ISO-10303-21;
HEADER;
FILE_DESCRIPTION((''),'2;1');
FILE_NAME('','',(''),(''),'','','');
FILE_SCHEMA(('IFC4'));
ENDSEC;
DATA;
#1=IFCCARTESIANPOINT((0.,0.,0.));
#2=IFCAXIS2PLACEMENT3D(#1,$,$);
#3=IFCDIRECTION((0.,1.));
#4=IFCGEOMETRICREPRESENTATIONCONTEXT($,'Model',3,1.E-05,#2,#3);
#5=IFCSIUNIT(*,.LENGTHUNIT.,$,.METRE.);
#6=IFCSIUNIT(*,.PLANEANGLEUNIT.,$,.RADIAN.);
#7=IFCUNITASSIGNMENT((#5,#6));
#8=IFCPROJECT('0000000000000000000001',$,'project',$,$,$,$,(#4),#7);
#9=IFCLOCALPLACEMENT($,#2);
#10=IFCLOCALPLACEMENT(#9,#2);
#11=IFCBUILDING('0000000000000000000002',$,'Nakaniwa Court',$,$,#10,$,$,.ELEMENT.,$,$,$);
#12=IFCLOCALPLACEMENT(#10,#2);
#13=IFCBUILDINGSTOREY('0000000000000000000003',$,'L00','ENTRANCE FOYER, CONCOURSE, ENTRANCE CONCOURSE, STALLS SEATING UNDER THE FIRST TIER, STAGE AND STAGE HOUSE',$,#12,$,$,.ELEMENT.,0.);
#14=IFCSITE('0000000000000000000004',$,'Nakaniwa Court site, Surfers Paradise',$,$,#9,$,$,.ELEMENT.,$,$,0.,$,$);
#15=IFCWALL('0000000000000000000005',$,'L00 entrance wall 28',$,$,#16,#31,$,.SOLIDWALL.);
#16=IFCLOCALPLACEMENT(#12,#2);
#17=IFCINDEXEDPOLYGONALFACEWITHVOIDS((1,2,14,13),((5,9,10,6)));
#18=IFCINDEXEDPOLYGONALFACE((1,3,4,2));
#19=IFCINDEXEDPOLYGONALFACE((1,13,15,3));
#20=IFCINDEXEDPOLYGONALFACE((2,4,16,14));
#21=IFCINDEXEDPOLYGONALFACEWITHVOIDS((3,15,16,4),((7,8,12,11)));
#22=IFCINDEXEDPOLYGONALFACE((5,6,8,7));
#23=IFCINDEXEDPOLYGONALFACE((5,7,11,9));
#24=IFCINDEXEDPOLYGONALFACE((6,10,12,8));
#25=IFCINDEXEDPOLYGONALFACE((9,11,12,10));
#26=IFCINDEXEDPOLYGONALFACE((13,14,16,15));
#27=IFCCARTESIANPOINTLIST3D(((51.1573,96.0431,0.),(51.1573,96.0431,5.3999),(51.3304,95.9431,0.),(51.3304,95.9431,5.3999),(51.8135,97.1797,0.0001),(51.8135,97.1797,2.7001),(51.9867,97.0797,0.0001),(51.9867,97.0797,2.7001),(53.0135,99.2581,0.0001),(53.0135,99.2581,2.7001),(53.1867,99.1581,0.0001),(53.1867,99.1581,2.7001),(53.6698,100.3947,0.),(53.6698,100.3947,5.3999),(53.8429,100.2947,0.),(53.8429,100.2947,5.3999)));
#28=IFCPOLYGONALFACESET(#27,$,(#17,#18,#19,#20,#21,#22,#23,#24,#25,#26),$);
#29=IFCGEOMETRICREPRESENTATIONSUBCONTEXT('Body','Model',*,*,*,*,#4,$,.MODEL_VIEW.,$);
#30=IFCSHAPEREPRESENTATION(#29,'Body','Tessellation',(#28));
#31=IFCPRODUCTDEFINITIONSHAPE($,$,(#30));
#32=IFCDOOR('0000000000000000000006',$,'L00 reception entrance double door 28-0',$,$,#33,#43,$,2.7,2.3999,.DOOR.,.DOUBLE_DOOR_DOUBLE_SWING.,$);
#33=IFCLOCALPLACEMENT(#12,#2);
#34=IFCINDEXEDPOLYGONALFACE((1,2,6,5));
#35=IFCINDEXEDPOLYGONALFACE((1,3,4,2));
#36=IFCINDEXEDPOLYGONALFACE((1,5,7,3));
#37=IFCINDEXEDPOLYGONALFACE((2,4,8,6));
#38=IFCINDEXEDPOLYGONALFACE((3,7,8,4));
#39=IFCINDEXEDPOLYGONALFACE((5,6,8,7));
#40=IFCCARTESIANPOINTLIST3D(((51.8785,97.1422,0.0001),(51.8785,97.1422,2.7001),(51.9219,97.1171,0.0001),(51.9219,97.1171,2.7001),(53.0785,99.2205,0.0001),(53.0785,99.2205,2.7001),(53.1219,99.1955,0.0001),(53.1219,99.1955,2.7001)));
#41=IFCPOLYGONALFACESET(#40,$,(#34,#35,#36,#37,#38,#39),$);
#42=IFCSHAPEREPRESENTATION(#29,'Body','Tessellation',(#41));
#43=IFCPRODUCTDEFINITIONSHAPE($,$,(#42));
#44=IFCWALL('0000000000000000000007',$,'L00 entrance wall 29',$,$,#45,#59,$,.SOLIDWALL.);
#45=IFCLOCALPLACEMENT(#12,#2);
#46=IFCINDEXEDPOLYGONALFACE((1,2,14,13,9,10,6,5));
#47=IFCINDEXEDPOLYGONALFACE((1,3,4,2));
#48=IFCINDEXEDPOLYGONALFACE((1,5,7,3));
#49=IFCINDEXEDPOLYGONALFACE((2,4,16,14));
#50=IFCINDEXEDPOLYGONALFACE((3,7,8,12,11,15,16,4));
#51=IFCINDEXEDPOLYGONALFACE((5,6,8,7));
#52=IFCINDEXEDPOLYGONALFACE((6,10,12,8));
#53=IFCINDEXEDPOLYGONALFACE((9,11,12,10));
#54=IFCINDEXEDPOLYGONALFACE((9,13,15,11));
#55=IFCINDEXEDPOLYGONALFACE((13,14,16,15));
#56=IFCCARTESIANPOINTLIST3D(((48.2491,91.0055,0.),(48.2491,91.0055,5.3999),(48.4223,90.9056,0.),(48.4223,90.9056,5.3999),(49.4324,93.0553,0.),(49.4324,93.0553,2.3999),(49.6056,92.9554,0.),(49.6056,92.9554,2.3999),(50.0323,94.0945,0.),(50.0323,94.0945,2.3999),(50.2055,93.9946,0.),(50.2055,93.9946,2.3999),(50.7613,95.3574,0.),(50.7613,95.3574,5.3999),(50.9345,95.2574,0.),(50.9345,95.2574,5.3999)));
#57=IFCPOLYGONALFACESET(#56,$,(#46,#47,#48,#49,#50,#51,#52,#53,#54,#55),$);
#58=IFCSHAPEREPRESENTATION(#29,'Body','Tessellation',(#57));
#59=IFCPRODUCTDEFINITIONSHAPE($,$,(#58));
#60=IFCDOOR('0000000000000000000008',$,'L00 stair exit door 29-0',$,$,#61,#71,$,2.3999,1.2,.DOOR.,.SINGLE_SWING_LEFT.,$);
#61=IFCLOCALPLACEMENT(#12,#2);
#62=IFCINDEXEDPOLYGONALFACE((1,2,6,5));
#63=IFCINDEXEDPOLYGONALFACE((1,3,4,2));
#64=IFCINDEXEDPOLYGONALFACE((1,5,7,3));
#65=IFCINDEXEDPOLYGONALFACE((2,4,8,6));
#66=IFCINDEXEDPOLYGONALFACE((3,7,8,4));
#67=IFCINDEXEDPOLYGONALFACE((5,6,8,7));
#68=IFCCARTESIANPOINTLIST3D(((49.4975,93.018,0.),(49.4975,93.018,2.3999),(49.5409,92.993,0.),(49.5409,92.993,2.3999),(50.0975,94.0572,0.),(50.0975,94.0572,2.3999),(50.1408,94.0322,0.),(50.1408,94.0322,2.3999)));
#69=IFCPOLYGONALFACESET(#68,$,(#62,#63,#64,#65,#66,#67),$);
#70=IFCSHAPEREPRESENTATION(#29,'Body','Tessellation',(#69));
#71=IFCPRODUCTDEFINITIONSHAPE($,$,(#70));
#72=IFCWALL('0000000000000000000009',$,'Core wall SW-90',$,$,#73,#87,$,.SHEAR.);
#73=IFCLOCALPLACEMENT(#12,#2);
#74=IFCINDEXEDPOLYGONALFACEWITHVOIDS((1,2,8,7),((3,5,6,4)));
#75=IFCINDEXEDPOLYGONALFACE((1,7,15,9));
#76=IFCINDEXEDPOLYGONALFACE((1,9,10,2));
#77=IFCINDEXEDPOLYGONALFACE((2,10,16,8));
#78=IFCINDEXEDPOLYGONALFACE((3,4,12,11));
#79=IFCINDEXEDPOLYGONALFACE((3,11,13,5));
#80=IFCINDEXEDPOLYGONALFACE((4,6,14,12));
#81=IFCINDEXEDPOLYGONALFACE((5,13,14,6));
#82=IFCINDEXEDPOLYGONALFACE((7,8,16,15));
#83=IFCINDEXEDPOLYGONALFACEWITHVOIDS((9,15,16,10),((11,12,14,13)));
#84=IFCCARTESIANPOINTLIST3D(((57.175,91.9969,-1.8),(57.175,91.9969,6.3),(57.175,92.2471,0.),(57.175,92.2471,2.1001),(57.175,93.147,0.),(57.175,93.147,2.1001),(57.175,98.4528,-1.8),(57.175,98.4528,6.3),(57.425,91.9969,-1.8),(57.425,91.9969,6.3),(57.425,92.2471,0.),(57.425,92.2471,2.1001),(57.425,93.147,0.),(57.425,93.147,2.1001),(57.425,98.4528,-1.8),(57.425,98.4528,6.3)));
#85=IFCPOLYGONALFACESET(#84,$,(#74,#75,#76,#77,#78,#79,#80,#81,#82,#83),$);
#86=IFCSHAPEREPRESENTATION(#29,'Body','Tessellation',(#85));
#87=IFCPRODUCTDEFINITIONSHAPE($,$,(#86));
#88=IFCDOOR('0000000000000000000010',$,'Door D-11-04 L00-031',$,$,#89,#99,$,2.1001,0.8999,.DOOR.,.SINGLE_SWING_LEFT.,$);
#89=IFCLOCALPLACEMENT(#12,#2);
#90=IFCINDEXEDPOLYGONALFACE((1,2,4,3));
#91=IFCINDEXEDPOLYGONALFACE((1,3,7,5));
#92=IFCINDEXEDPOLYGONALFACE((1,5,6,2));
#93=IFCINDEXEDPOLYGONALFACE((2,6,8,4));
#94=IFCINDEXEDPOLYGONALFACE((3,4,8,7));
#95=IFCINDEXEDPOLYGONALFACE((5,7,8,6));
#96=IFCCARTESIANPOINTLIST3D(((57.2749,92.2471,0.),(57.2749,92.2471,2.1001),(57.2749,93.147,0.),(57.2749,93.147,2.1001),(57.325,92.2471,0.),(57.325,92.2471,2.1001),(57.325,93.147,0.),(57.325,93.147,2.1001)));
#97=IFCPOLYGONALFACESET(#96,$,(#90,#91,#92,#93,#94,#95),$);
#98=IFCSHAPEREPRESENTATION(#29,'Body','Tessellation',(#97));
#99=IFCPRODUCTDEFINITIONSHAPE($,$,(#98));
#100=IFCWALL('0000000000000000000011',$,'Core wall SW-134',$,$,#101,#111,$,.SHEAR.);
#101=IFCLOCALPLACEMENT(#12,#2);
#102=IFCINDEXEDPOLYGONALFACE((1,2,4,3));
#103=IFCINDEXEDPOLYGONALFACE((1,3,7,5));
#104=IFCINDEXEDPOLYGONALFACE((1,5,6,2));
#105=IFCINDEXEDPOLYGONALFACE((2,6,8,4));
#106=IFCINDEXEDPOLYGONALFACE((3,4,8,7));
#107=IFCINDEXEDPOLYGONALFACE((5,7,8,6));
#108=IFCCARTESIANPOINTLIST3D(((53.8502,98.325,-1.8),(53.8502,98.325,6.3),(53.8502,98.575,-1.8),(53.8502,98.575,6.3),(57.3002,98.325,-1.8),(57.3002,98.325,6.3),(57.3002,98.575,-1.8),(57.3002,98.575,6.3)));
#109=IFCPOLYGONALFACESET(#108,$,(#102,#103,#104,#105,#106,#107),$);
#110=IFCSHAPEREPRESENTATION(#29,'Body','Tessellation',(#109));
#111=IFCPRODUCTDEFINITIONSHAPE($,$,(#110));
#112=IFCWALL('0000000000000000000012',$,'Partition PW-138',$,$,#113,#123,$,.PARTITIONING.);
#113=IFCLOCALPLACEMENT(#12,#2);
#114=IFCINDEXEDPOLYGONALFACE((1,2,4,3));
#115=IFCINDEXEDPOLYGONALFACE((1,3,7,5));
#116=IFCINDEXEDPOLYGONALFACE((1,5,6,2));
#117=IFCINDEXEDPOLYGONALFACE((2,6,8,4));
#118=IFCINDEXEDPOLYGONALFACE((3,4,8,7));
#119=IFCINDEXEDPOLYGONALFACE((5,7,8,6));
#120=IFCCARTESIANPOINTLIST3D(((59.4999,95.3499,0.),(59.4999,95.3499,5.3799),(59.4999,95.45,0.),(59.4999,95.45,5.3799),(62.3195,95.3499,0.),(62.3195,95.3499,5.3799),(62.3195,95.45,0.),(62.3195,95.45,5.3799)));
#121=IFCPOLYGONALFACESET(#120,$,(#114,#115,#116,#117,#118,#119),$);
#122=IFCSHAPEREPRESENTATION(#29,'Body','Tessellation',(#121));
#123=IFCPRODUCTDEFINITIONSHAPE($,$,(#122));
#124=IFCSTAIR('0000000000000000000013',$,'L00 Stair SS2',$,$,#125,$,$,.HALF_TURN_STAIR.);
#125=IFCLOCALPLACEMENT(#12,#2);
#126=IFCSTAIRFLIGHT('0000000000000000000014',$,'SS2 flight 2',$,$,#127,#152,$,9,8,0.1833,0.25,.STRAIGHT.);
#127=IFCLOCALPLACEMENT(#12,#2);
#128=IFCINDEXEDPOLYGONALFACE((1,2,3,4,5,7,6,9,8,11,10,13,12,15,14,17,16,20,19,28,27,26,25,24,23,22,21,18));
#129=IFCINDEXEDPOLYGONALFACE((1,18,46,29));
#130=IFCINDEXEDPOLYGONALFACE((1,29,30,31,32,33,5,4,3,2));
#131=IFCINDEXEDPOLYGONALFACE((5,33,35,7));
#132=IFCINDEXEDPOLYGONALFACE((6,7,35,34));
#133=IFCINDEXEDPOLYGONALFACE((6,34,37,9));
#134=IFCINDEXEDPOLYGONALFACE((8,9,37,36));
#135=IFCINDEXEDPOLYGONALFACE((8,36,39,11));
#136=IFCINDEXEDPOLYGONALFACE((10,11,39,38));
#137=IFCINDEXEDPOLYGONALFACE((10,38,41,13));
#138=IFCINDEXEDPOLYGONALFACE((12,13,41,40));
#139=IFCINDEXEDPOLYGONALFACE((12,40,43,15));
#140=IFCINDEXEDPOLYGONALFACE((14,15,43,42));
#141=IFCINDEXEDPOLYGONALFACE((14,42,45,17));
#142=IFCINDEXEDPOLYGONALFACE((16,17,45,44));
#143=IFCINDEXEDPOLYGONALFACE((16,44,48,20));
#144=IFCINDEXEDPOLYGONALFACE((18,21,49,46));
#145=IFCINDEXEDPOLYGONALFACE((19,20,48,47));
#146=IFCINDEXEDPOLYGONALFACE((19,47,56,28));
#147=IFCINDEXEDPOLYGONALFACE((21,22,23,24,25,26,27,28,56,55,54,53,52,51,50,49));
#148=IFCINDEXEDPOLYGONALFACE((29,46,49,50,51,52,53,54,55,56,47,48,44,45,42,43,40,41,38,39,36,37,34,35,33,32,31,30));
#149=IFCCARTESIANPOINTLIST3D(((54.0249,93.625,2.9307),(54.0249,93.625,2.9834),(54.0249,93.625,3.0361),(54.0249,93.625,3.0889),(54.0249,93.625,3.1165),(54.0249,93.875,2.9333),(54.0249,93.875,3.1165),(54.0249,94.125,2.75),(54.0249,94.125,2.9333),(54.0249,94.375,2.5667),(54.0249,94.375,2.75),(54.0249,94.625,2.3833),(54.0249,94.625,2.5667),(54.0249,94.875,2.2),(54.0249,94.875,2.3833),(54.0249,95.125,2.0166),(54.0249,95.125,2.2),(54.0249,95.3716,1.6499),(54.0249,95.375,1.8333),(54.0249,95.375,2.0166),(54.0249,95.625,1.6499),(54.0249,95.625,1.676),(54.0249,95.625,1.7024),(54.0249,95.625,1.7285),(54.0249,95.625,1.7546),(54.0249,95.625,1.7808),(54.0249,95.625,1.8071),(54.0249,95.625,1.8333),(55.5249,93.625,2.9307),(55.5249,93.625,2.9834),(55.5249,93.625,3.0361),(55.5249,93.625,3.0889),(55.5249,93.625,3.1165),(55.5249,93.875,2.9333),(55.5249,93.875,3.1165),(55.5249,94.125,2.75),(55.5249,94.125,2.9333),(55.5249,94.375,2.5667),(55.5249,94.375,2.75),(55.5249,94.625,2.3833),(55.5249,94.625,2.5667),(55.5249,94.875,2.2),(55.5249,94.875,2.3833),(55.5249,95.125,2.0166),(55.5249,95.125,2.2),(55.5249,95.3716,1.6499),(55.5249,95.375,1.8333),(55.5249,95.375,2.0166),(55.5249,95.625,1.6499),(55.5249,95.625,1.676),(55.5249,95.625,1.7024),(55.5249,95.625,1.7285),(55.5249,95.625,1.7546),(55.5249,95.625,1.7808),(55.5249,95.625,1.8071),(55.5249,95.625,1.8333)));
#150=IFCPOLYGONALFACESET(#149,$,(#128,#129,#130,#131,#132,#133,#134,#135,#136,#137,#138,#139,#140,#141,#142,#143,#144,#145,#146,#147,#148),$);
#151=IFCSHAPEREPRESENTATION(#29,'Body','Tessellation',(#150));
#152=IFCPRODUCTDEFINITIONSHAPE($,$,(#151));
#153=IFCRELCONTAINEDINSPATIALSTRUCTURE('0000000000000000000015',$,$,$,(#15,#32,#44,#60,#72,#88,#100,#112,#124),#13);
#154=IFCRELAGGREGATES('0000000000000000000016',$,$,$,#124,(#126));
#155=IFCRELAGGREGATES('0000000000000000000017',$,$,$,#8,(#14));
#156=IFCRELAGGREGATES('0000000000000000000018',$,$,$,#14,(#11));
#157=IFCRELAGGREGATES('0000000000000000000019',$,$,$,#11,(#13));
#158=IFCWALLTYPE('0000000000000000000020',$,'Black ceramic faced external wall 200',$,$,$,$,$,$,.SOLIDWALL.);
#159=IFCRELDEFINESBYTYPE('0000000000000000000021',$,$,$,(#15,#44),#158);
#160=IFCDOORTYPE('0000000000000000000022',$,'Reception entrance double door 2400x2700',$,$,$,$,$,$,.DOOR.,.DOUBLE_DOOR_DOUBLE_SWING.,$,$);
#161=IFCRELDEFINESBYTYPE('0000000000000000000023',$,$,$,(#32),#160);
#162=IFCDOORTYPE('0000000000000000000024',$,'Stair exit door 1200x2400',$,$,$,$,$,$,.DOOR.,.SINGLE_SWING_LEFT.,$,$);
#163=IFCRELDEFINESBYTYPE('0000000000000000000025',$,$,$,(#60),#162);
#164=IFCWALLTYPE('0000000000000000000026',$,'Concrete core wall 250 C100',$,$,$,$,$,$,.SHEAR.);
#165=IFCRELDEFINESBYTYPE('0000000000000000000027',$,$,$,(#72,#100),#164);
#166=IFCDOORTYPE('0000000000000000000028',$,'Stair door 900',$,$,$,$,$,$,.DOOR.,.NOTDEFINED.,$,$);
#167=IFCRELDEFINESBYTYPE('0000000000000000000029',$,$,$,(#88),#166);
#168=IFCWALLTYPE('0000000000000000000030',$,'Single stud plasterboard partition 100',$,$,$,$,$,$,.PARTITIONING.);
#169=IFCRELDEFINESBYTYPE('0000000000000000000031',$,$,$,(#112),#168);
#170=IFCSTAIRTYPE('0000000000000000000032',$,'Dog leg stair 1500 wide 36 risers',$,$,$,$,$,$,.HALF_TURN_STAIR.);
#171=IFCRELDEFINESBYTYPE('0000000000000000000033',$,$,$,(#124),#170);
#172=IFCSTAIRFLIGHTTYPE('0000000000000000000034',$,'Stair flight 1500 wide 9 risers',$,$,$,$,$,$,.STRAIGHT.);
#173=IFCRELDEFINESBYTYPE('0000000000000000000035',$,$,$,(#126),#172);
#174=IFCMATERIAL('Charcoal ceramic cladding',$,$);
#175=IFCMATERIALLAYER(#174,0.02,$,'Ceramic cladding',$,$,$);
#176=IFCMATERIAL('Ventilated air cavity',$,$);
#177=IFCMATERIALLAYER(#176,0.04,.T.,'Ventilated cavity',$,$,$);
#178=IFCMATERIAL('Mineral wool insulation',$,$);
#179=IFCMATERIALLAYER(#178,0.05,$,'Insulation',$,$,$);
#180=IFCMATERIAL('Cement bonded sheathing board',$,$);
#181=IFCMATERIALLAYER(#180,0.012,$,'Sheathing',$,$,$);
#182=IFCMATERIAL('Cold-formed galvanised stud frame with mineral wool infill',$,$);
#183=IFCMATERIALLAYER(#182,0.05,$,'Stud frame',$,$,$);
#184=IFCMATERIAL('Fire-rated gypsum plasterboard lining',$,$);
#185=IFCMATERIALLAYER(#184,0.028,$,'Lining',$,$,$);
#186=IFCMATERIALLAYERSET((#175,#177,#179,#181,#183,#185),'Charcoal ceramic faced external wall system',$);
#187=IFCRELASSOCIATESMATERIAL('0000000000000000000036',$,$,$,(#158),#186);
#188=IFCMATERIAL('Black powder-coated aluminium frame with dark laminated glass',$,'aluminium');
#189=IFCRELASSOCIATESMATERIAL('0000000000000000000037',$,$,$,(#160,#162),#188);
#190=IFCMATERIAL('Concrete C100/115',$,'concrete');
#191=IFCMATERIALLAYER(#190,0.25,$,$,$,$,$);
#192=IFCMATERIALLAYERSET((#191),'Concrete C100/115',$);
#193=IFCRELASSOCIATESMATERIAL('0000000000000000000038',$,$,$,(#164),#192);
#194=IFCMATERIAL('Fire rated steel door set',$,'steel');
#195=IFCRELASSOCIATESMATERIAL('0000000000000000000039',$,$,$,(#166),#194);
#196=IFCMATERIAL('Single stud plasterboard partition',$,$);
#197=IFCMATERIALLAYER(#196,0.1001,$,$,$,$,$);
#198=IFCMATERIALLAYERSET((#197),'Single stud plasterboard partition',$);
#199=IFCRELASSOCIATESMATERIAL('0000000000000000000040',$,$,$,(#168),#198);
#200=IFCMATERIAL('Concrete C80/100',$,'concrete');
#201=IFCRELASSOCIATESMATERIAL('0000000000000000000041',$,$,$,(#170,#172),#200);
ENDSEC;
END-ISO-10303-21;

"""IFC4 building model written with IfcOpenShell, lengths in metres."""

from ifc_helpers import new_model, si_unit, direction, frame, frame_2d, origin, place, context, subcontext, project, spatial, polyline, rectangle, outline, extrude, material, layer, layer_set, type_object, element, fill, aggregate, save


model = new_model("IFC4")

# Units and contexts
model_context = context("Model", 3, precision=1e-05, world=origin(), true_north=direction((0.0, 1.0)))
body_context = subcontext(model_context, "Body", "Model", "MODEL_VIEW")
ifc_project = project(units=[si_unit("LENGTHUNIT", "METRE"), si_unit("PLANEANGLEUNIT", "RADIAN")], contexts=[model_context])

# Site, building, storey
site_placement = place(None, origin())
site = spatial("IfcSite", under=ifc_project, at=site_placement, Name="Nakaniwa Court site, Surfers Paradise", CompositionType="ELEMENT", RefElevation=0.0)
building_placement = place(site_placement, origin())
building = spatial("IfcBuilding", under=site, at=building_placement, Name="Nakaniwa Court", CompositionType="ELEMENT")
storey_placement = place(building_placement, origin())
storey = spatial("IfcBuildingStorey", under=building, at=storey_placement, Name="L00", Description="ENTRANCE FOYER, CONCOURSE, ENTRANCE CONCOURSE, STALLS SEATING UNDER THE FIRST TIER, STAGE AND STAGE HOUSE", CompositionType="ELEMENT", Elevation=0.0)

# Shared definitions
ifc_material_1 = material(Name="Concrete C100/115", Category="concrete")

# Walls, openings, doors
ifc_material_2 = material(Name="Charcoal ceramic cladding")
ifc_layer_1 = layer(ifc_material_2, 0.02, Name="Ceramic cladding")
ifc_material_3 = material(Name="Ventilated air cavity")
ifc_layer_2 = layer(ifc_material_3, 0.04, ventilated=True, Name="Ventilated cavity")
ifc_material_4 = material(Name="Mineral wool insulation")
ifc_layer_3 = layer(ifc_material_4, 0.05, Name="Insulation")
ifc_material_5 = material(Name="Cement bonded sheathing board")
ifc_layer_4 = layer(ifc_material_5, 0.012, Name="Sheathing")
ifc_material_6 = material(Name="Cold-formed galvanised stud frame with mineral wool infill")
ifc_layer_5 = layer(ifc_material_6, 0.05, Name="Stud frame")
ifc_material_7 = material(Name="Fire-rated gypsum plasterboard lining")
ifc_layer_6 = layer(ifc_material_7, 0.028, Name="Lining")
ifc_layer_set_1 = layer_set([ifc_layer_1, ifc_layer_2, ifc_layer_3, ifc_layer_4, ifc_layer_5, ifc_layer_6], Name="Charcoal ceramic faced external wall system")
wall_type_1 = type_object("IfcWallType", Name="Black ceramic faced external wall 200", PredefinedType="SOLIDWALL", material=ifc_layer_set_1)
wall_1_placement = place(storey_placement, frame((53.7563, 100.3447, 0.0), z_axis=(0.0, 0.0, 1.0), x_axis=(-0.500011, -0.866019, 0.0)))
wall_1 = element("IfcWall", 1, at=wall_1_placement, inside=storey, type_object=wall_type_1, Name="L00 entrance wall 28", PredefinedType="SOLIDWALL", context=body_context, shape_type="SweptSolid", body=[
    extrude(rectangle(XDim=5.0249, YDim=0.2, at=frame_2d((2.5125, 0.0))), origin(), (0.0, 0.0, 1.0), 5.3999),
])
opening_1_placement = place(wall_1_placement, frame((1.3125, 0.0, 0.0)))
opening_1 = element("IfcOpeningElement", 2, at=opening_1_placement, cuts=wall_1, PredefinedType="OPENING", context=body_context, shape_type="SweptSolid", body=[
    extrude(rectangle(XDim=2.3999, YDim=2.7, at=frame_2d((1.2, 1.3501))), frame((0.0, 0.1099, 0.0), z_axis=(0.0, -1.0, 0.0), x_axis=(1.0, 0.0, 0.0)), (0.0, 0.0, 1.0), 0.22),
])
ifc_material_8 = material(Name="Black powder-coated aluminium frame with dark laminated glass", Category="aluminium")
door_type_1 = type_object("IfcDoorType", Name="Reception entrance double door 2400x2700", OperationType="DOUBLE_DOOR_DOUBLE_SWING", PredefinedType="DOOR", material=ifc_material_8)
door_1_placement = place(opening_1_placement, frame((2.3999, 0.0, 0.0), z_axis=(0.0, 0.0, 1.0), x_axis=(-1.0, 0.0, 0.0)))
door_1 = element("IfcDoor", 3, at=door_1_placement, inside=storey, type_object=door_type_1, Name="L00 reception entrance double door 28-0", OperationType="DOUBLE_DOOR_DOUBLE_SWING", OverallHeight=2.7, OverallWidth=2.3999, PredefinedType="DOOR", context=body_context, shape_type="SweptSolid", body=[
    extrude(rectangle(XDim=2.3999, YDim=2.7, at=frame_2d((1.2, 1.3501))), frame((0.0, 0.0249, 0.0), z_axis=(0.0, -1.0, 0.0), x_axis=(1.0, 0.0, 0.0)), (0.0, 0.0, 1.0), 0.05),
])
fill(opening_1, door_1)
wall_2_placement = place(storey_placement, frame((50.8479, 95.3074, 0.0), z_axis=(0.0, 0.0, 1.0), x_axis=(-0.499954, -0.866052, 0.0)))
wall_2 = element("IfcWall", 4, at=wall_2_placement, inside=storey, type_object=wall_type_1, Name="L00 entrance wall 29", PredefinedType="SOLIDWALL", context=body_context, shape_type="SweptSolid", body=[
    extrude(rectangle(XDim=5.0249, YDim=0.2, at=frame_2d((2.5125, 0.0))), origin(), (0.0, 0.0, 1.0), 5.3999),
])
opening_2_placement = place(wall_2_placement, frame((1.458, 0.0, 0.0)))
opening_2 = element("IfcOpeningElement", 5, at=opening_2_placement, cuts=wall_2, PredefinedType="OPENING", context=body_context, shape_type="SweptSolid", body=[
    extrude(rectangle(XDim=1.2, YDim=2.3999, at=frame_2d((0.6001, 1.2))), frame((0.0, 0.1099, 0.0), z_axis=(0.0, -1.0, 0.0), x_axis=(1.0, 0.0, 0.0)), (0.0, 0.0, 1.0), 0.22),
])
door_type_2 = type_object("IfcDoorType", Name="Stair exit door 1200x2400", OperationType="SINGLE_SWING_LEFT", PredefinedType="DOOR", material=ifc_material_8)
door_2_placement = place(opening_2_placement, frame((1.2, 0.0, 0.0), z_axis=(0.0, 0.0, 1.0), x_axis=(-1.0, 0.0, 0.0)))
door_2 = element("IfcDoor", 6, at=door_2_placement, inside=storey, type_object=door_type_2, Name="L00 stair exit door 29-0", OperationType="SINGLE_SWING_LEFT", OverallHeight=2.3999, OverallWidth=1.2, PredefinedType="DOOR", context=body_context, shape_type="SweptSolid", body=[
    extrude(rectangle(XDim=1.2, YDim=2.3999, at=frame_2d((0.6001, 1.2))), frame((0.0, 0.0249, 0.0), z_axis=(0.0, -1.0, 0.0), x_axis=(1.0, 0.0, 0.0)), (0.0, 0.0, 1.0), 0.05),
])
fill(opening_2, door_2)
ifc_layer_7 = layer(ifc_material_1, 0.25)
ifc_layer_set_2 = layer_set([ifc_layer_7], Name="Concrete C100/115")
wall_type_2 = type_object("IfcWallType", Name="Concrete core wall 250 C100", PredefinedType="SHEAR", material=ifc_layer_set_2)
wall_3_placement = place(storey_placement, frame((57.3, 98.4529, -1.8), z_axis=(0.0, 0.0, 1.0), x_axis=(0.0, -1.0, 0.0)))
wall_3 = element("IfcWall", 7, at=wall_3_placement, inside=storey, type_object=wall_type_2, Name="Core wall SW-90", PredefinedType="SHEAR", context=body_context, shape_type="SweptSolid", body=[
    extrude(rectangle(XDim=6.4558, YDim=0.25, at=frame_2d((3.228, 0.0))), origin(), (0.0, 0.0, 1.0), 8.1001),
])
opening_3_placement = place(wall_3_placement, frame((5.3059, 0.0, 1.8)))
opening_3 = element("IfcOpeningElement", 8, at=opening_3_placement, cuts=wall_3, PredefinedType="OPENING", context=body_context, shape_type="SweptSolid", body=[
    extrude(rectangle(XDim=0.8999, YDim=2.1001, at=frame_2d((0.45, 1.05))), frame((0.0, 0.135, 0.0), z_axis=(0.0, -1.0, 0.0), x_axis=(1.0, 0.0, 0.0)), (0.0, 0.0, 1.0), 0.27),
])
ifc_material_9 = material(Name="Fire rated steel door set", Category="steel")
door_type_3 = type_object("IfcDoorType", Name="Stair door 900", OperationType="NOTDEFINED", PredefinedType="DOOR", material=ifc_material_9)
door_3_placement = place(opening_3_placement, origin())
door_3 = element("IfcDoor", 9, at=door_3_placement, inside=storey, type_object=door_type_3, Name="Door D-11-04 L00-031", OperationType="SINGLE_SWING_LEFT", OverallHeight=2.1001, OverallWidth=0.8999, PredefinedType="DOOR", context=body_context, shape_type="SweptSolid", body=[
    extrude(rectangle(XDim=0.8999, YDim=2.1001, at=frame_2d((0.45, 1.05))), frame((0.0, 0.0249, 0.0), z_axis=(0.0, -1.0, 0.0), x_axis=(1.0, 0.0, 0.0)), (0.0, 0.0, 1.0), 0.05),
])
fill(opening_3, door_3)

# Walls
wall_4_placement = place(storey_placement, frame((53.8501, 98.45, -1.8), z_axis=(0.0, 0.0, 1.0), x_axis=(1.0, 0.0, 0.0)))
element("IfcWall", 10, at=wall_4_placement, inside=storey, type_object=wall_type_2, Name="Core wall SW-134", PredefinedType="SHEAR", context=body_context, shape_type="SweptSolid", body=[
    extrude(rectangle(XDim=3.45, YDim=0.25, at=frame_2d((1.7251, 0.0))), origin(), (0.0, 0.0, 1.0), 8.1001),
])
ifc_material_10 = material(Name="Single stud plasterboard partition")
ifc_layer_8 = layer(ifc_material_10, 0.1001)
ifc_layer_set_3 = layer_set([ifc_layer_8], Name="Single stud plasterboard partition")
wall_type_3 = type_object("IfcWallType", Name="Single stud plasterboard partition 100", PredefinedType="PARTITIONING", material=ifc_layer_set_3)
wall_5_placement = place(storey_placement, frame((59.5, 95.3999, 0.0), z_axis=(0.0, 0.0, 1.0), x_axis=(1.0, 0.0, 0.0)))
element("IfcWall", 11, at=wall_5_placement, inside=storey, type_object=wall_type_3, Name="Partition PW-138", PredefinedType="PARTITIONING", context=body_context, shape_type="SweptSolid", body=[
    extrude(rectangle(XDim=2.8196, YDim=0.1001, at=frame_2d((1.4097, 0.0))), origin(), (0.0, 0.0, 1.0), 5.3799),
])

# Stair, stair flight
ifc_material_11 = material(Name="Concrete C80/100", Category="concrete")
stair_type = type_object("IfcStairType", Name="Dog leg stair 1500 wide 36 risers", PredefinedType="HALF_TURN_STAIR", material=ifc_material_11)
stair_placement = place(storey_placement, origin())
stair = element("IfcStair", 12, at=stair_placement, inside=storey, type_object=stair_type, Name="L00 Stair SS2", PredefinedType="HALF_TURN_STAIR")
stair_flight_type = type_object("IfcStairFlightType", Name="Stair flight 1500 wide 9 risers", PredefinedType="STRAIGHT", material=ifc_material_11)
stair_flight_1_placement = place(storey_placement, frame((54.7749, 95.625, 1.6499), z_axis=(0.0, 0.0, 1.0), x_axis=(0.0, -1.0, 0.0)))
stair_flight_1 = element("IfcStairFlight", 13, at=stair_flight_1_placement, type_object=stair_flight_type, Name="SS2 flight 2", NumberOfRisers=9, NumberOfTreads=8, PredefinedType="STRAIGHT", RiserHeight=0.1833, TreadLength=0.25, context=body_context, shape_type="SweptSolid", body=[
    extrude(outline(polyline([(0.0, 0.0), (0.0, 0.0261), (0.0, 0.0525), (0.0, 0.0786), (0.0, 0.1047), (0.0, 0.1309), (0.0, 0.1572), (0.0, 0.1833), (0.25, 0.1833), (0.25, 0.3667), (0.5, 0.3667), (0.5, 0.55), (0.75, 0.55), (0.75, 0.7334), (1.0, 0.7334), (1.0, 0.9167), (1.25, 0.9167), (1.25, 1.1001), (1.5, 1.1001), (1.5, 1.2834), (1.75, 1.2834), (1.75, 1.4666), (2.0, 1.4666), (2.0, 1.6499), (2.0, 1.5972), (2.0, 1.5444), (2.0, 1.4917), (2.0, 1.439), (2.0, 1.3862), (2.0, 1.3335), (2.0, 1.2808), (0.2534, 0.0), (0.0, 0.0)])), frame((0.0, 0.75, 0.0), z_axis=(0.0, -1.0, 0.0), x_axis=(1.0, 0.0, 0.0)), (0.0, 0.0, 1.0), 1.5),
])
aggregate(stair, [stair_flight_1])

save(model, "model.ifc")
